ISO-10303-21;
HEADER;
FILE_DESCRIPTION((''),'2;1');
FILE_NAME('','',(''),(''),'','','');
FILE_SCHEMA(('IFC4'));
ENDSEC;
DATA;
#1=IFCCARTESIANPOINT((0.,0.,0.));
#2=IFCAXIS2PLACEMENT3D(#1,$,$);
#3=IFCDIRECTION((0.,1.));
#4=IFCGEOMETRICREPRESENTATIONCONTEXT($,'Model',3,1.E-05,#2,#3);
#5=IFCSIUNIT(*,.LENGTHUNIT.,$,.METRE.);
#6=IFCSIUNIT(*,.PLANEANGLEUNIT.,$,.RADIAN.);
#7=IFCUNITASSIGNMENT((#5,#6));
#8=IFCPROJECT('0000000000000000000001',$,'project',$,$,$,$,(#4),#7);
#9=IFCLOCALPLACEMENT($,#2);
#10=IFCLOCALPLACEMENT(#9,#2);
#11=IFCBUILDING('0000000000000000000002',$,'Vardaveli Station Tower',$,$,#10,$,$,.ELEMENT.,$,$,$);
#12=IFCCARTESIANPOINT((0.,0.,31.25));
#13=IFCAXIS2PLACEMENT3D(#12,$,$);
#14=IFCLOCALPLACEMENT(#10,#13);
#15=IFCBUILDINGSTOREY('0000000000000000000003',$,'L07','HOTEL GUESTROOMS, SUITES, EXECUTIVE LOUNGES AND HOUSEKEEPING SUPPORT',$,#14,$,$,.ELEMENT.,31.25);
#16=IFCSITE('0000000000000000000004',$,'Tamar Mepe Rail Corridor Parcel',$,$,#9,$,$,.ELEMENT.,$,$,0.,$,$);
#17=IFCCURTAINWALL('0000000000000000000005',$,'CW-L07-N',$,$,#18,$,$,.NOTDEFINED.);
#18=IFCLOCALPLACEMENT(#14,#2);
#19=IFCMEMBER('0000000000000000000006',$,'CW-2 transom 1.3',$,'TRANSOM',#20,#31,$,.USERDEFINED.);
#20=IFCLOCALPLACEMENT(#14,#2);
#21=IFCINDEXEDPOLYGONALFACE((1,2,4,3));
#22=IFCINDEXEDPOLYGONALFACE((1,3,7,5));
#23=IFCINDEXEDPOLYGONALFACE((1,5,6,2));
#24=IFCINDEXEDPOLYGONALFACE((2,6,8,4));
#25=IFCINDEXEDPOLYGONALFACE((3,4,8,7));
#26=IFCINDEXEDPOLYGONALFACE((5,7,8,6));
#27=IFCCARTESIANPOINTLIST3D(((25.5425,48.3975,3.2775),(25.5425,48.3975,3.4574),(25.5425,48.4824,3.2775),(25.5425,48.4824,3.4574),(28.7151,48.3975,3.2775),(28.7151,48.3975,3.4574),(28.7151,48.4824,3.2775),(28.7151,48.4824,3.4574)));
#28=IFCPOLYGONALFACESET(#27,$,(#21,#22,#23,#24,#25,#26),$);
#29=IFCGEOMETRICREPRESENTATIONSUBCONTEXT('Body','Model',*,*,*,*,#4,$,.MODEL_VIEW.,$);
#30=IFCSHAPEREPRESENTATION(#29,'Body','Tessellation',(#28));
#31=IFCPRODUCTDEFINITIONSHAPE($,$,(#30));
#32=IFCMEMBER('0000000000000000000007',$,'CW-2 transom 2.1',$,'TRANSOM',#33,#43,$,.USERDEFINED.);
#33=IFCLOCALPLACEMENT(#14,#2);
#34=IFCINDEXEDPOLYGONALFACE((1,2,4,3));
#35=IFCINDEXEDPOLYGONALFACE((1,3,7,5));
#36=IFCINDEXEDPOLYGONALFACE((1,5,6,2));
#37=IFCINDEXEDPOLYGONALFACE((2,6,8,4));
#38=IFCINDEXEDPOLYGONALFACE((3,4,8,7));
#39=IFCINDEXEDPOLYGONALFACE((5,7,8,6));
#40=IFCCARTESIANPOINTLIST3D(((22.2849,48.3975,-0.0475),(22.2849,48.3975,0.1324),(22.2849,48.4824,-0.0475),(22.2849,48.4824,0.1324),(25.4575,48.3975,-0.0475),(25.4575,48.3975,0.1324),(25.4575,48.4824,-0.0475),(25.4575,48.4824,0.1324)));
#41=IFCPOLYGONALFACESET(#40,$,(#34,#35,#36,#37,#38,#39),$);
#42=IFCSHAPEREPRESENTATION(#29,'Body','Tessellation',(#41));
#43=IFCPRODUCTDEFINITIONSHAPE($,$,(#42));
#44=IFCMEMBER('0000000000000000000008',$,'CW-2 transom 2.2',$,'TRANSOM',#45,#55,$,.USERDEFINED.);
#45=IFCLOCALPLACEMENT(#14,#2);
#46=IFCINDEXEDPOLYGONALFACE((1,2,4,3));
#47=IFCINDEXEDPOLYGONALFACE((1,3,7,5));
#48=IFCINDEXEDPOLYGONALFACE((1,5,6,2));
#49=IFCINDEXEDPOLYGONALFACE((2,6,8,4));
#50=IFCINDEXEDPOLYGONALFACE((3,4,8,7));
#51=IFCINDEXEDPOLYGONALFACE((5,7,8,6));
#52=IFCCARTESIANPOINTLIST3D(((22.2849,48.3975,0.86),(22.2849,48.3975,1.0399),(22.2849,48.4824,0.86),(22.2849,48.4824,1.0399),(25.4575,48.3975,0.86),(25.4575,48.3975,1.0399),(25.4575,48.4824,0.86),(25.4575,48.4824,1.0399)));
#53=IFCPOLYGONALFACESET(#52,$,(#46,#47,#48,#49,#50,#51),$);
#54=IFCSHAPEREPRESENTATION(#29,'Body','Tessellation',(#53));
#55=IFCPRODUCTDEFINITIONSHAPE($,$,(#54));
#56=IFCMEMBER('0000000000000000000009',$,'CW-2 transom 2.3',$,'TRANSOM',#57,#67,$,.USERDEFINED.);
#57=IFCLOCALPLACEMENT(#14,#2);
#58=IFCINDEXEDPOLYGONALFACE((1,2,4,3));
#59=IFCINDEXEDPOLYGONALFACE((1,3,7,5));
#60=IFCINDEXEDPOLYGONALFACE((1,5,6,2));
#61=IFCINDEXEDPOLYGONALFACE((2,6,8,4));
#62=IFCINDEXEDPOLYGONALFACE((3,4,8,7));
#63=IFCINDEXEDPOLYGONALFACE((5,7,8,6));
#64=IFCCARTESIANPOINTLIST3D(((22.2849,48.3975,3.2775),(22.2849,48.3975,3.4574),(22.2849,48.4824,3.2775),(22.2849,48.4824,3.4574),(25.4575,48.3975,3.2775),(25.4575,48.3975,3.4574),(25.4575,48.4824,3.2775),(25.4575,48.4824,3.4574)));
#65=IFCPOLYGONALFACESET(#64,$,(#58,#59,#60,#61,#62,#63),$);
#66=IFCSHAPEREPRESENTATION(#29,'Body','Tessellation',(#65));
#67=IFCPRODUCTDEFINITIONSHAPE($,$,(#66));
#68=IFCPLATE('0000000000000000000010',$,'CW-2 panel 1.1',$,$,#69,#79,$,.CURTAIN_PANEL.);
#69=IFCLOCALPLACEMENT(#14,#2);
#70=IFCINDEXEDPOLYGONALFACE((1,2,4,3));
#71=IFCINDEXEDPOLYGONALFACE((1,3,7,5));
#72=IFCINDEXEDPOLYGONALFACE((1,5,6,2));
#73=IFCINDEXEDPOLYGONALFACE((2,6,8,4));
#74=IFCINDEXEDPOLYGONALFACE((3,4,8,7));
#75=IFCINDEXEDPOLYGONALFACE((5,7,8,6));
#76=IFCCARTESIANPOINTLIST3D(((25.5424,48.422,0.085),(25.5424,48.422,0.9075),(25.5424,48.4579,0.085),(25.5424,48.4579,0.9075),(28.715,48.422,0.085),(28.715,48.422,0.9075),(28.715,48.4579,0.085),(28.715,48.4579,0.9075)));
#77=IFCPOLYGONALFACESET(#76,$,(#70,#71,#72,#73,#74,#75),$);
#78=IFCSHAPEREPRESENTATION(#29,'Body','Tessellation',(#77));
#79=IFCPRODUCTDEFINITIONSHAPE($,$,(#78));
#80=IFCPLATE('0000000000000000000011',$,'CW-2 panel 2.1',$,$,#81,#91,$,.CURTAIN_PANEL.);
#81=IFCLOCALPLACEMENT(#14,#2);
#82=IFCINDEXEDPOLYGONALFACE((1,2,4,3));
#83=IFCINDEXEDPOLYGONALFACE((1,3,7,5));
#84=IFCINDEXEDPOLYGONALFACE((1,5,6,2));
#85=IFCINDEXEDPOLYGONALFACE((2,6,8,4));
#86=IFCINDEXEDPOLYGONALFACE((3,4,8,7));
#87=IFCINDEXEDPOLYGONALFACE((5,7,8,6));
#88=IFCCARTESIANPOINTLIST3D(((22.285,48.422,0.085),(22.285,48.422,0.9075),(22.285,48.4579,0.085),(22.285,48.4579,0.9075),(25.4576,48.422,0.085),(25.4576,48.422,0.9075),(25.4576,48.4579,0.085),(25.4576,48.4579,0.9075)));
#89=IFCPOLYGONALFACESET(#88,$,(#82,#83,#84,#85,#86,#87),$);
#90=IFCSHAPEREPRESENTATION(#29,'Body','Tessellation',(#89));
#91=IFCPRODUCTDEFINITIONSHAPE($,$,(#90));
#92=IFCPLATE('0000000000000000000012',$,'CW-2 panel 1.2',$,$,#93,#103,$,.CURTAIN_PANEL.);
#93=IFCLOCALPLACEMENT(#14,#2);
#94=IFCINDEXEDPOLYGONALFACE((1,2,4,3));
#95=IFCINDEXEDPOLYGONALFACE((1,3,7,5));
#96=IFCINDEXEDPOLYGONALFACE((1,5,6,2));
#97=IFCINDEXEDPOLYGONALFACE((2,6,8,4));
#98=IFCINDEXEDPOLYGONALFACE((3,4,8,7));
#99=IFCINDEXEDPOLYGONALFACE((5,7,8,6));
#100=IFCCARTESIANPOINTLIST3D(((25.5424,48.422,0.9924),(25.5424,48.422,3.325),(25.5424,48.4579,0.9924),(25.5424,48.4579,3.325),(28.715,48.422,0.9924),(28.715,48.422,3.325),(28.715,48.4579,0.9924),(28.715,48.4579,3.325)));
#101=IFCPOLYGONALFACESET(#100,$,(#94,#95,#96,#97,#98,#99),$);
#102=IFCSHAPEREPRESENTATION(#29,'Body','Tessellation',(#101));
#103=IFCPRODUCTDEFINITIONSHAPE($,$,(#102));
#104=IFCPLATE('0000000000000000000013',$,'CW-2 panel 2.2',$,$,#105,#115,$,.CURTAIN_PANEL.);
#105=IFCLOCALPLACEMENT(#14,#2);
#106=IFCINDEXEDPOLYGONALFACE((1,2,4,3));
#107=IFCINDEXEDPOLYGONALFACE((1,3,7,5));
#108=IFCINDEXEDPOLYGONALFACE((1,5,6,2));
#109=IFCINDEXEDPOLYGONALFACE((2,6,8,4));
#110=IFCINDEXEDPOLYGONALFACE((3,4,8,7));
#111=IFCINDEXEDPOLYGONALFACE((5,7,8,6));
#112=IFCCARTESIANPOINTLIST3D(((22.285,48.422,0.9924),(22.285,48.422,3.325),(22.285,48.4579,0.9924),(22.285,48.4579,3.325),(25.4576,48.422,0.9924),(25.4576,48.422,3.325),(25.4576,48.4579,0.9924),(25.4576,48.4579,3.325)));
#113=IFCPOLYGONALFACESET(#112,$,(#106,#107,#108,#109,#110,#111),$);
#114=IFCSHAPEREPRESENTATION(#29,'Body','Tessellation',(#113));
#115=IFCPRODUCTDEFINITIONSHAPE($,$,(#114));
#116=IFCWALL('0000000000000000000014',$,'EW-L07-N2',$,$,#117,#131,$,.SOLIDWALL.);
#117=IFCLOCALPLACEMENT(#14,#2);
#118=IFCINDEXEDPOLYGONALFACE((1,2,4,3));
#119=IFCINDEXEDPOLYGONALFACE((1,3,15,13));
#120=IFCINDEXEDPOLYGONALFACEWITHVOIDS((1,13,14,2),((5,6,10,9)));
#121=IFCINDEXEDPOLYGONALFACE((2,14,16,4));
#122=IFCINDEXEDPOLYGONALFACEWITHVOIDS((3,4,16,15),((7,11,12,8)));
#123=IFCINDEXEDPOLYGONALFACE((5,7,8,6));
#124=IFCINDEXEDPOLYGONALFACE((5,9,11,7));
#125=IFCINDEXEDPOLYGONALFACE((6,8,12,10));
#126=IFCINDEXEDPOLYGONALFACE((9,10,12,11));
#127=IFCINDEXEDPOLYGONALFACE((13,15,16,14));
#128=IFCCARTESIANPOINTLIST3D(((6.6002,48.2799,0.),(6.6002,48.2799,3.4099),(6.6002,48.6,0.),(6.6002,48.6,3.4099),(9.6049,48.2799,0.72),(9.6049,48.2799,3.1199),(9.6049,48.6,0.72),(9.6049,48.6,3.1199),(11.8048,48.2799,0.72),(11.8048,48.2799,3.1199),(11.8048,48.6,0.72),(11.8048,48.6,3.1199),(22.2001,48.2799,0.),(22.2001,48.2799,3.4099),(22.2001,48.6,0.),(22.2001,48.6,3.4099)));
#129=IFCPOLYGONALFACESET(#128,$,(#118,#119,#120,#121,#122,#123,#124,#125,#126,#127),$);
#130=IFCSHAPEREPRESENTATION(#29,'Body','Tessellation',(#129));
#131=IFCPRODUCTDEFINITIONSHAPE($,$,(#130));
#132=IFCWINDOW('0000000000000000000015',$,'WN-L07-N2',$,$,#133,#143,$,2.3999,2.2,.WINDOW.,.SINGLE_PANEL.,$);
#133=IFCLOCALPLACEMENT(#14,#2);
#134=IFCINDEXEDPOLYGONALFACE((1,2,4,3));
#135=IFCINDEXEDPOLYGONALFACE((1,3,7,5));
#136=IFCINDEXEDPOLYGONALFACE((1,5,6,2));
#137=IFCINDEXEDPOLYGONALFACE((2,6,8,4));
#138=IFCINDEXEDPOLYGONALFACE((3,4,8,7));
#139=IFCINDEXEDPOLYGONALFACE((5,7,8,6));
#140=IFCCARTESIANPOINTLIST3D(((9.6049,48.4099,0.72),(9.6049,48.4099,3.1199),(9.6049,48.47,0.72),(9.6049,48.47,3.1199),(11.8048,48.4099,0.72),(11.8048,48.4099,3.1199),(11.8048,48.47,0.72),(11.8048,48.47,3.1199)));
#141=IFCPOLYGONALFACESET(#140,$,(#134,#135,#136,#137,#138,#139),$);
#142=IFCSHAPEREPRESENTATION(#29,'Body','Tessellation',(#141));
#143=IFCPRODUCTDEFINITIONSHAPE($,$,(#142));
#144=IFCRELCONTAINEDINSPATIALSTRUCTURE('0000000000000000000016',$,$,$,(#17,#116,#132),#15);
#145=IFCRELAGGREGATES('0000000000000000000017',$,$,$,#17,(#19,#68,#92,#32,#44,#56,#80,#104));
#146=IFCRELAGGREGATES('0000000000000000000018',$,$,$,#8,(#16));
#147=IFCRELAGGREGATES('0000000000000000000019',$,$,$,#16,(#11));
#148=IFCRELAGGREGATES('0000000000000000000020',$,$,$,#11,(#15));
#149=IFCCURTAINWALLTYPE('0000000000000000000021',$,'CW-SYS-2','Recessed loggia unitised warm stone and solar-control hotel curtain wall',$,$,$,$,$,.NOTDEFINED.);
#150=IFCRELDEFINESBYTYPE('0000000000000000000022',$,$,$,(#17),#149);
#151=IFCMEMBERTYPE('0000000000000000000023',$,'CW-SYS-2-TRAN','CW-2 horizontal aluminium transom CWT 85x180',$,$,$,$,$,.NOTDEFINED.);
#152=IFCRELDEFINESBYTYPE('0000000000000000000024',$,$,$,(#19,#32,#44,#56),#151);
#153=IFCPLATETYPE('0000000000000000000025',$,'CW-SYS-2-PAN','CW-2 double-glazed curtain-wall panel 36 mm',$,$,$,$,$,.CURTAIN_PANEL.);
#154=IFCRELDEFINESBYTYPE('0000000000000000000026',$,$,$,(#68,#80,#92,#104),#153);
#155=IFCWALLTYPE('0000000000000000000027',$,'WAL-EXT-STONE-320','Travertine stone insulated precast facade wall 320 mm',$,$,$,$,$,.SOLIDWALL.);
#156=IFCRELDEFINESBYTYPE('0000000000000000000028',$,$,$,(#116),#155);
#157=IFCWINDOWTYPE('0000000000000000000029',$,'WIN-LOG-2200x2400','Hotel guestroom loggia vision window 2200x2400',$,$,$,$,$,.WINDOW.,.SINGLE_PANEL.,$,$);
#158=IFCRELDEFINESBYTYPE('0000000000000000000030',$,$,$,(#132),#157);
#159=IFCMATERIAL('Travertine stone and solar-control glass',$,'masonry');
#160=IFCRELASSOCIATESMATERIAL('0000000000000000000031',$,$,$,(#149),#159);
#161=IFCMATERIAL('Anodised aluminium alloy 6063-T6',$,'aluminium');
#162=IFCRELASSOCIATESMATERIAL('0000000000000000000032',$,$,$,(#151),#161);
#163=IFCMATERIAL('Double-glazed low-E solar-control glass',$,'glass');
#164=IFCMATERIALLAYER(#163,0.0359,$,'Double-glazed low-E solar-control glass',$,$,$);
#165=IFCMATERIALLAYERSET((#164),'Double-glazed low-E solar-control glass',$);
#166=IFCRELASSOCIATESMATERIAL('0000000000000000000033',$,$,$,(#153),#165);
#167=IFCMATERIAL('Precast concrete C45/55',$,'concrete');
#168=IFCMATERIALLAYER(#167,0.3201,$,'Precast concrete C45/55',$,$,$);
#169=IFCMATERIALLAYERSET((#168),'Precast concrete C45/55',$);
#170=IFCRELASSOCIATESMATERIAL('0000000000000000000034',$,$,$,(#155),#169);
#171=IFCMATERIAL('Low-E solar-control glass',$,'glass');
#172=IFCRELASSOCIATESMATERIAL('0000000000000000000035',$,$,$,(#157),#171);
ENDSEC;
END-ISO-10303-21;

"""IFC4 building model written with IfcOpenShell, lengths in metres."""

from ifc_helpers import new_model, si_unit, direction, frame, frame_2d, origin, origin_2d, place, context, subcontext, project, spatial, rectangle, extrude, source, transform, mapped, material, layer, layer_set, material_profile, profile_set, type_object, element, fill, aggregate, save


model = new_model("IFC4")

# Units and contexts
model_context = context("Model", 3, precision=1e-05, world=origin(), true_north=direction((0.0, 1.0)))
body_context = subcontext(model_context, "Body", "Model", "MODEL_VIEW")
ifc_project = project(units=[si_unit("LENGTHUNIT", "METRE"), si_unit("PLANEANGLEUNIT", "RADIAN")], contexts=[model_context])

# Site, building, storey
site_placement = place(None, origin())
site = spatial("IfcSite", under=ifc_project, at=site_placement, Name="Tamar Mepe Rail Corridor Parcel", CompositionType="ELEMENT", RefElevation=0.0)
building_placement = place(site_placement, origin())
building = spatial("IfcBuilding", under=site, at=building_placement, Name="Vardaveli Station Tower", CompositionType="ELEMENT")
storey_placement = place(building_placement, frame((0.0, 0.0, 31.25)))
storey = spatial("IfcBuildingStorey", under=building, at=storey_placement, Name="L07", Description="HOTEL GUESTROOMS, SUITES, EXECUTIVE LOUNGES AND HOUSEKEEPING SUPPORT", CompositionType="ELEMENT", Elevation=31.25)

# Shared definitions
ifc_material_1 = material(Name="Precast concrete C45/55", Category="concrete")

# Curtain wall, members, plates
ifc_material_2 = material(Name="Travertine stone and solar-control glass", Category="masonry")
curtain_wall_type = type_object("IfcCurtainWallType", Name="CW-SYS-2", Description="Recessed loggia unitised warm stone and solar-control hotel curtain wall", PredefinedType="NOTDEFINED", material=ifc_material_2)
curtain_wall_placement = place(storey_placement, origin())
curtain_wall = element("IfcCurtainWall", 1, at=curtain_wall_placement, inside=storey, type_object=curtain_wall_type, Name="CW-L07-N", PredefinedType="NOTDEFINED")
ifc_material_3 = material(Name="Anodised aluminium alloy 6063-T6", Category="aluminium")
ifc_material_profile_1 = material_profile(ifc_material_3, rectangle(XDim=0.085, YDim=0.1799, at=origin_2d()), Name="CWT 85x180")
ifc_profile_set_1 = profile_set([ifc_material_profile_1], Name="Anodised aluminium alloy 6063-T6")
member_type_1 = type_object("IfcMemberType", Name="CW-SYS-2-TRAN", Description="CW-2 horizontal aluminium transom CWT 85x180", PredefinedType="NOTDEFINED", material=ifc_profile_set_1)
shared_shape_1 = source(origin(), body_context, "Body", "SweptSolid", [
    extrude(rectangle(XDim=0.085, YDim=0.1799, at=origin_2d()), origin(), (0.0, 0.0, 1.0), 3.1726),
])
member_1_placement = place(storey_placement, frame((28.7151, 48.4399, 3.3674), z_axis=(-1.0, 0.0, 0.0), x_axis=(0.0, -1.0, 0.0)))
member_1 = element("IfcMember", 2, at=member_1_placement, type_object=member_type_1, Name="CW-2 transom 1.3", ObjectType="TRANSOM", PredefinedType="USERDEFINED", context=body_context, shape_type="MappedRepresentation", body=[
    mapped(shared_shape_1, transform((0.0, 0.0, 0.0), scale=1.0)),
])
member_2_placement = place(storey_placement, frame((25.4575, 48.4399, 0.0425), z_axis=(-1.0, 0.0, 0.0), x_axis=(0.0, -1.0, 0.0)))
member_2 = element("IfcMember", 3, at=member_2_placement, type_object=member_type_1, Name="CW-2 transom 2.1", ObjectType="TRANSOM", PredefinedType="USERDEFINED", context=body_context, shape_type="MappedRepresentation", body=[
    mapped(shared_shape_1, transform((0.0, 0.0, 0.0), scale=1.0)),
])
member_3_placement = place(storey_placement, frame((25.4575, 48.4399, 0.95), z_axis=(-1.0, 0.0, 0.0), x_axis=(0.0, -1.0, 0.0)))
member_3 = element("IfcMember", 4, at=member_3_placement, type_object=member_type_1, Name="CW-2 transom 2.2", ObjectType="TRANSOM", PredefinedType="USERDEFINED", context=body_context, shape_type="MappedRepresentation", body=[
    mapped(shared_shape_1, transform((0.0, 0.0, 0.0), scale=1.0)),
])
member_4_placement = place(storey_placement, frame((25.4575, 48.4399, 3.3674), z_axis=(-1.0, 0.0, 0.0), x_axis=(0.0, -1.0, 0.0)))
member_4 = element("IfcMember", 5, at=member_4_placement, type_object=member_type_1, Name="CW-2 transom 2.3", ObjectType="TRANSOM", PredefinedType="USERDEFINED", context=body_context, shape_type="MappedRepresentation", body=[
    mapped(shared_shape_1, transform((0.0, 0.0, 0.0), scale=1.0)),
])
ifc_material_4 = material(Name="Double-glazed low-E solar-control glass", Category="glass")
ifc_layer_1 = layer(ifc_material_4, 0.0359, Name="Double-glazed low-E solar-control glass")
ifc_layer_set_1 = layer_set([ifc_layer_1], Name="Double-glazed low-E solar-control glass")
plate_type = type_object("IfcPlateType", Name="CW-SYS-2-PAN", Description="CW-2 double-glazed curtain-wall panel 36 mm", PredefinedType="CURTAIN_PANEL", material=ifc_layer_set_1)
shared_shape_2 = source(origin(), body_context, "Body", "SweptSolid", [
    extrude(rectangle(XDim=3.1726, YDim=0.0359, at=origin_2d()), origin(), (0.0, 0.0, 1.0), 0.8225),
])
plate_1_placement = place(storey_placement, frame((27.1287, 48.4399, 0.085), z_axis=(0.0, 0.0, 1.0), x_axis=(-1.0, 0.0, 0.0)))
plate_1 = element("IfcPlate", 6, at=plate_1_placement, type_object=plate_type, Name="CW-2 panel 1.1", PredefinedType="CURTAIN_PANEL", context=body_context, shape_type="MappedRepresentation", body=[
    mapped(shared_shape_2, transform((0.0, 0.0, 0.0), scale=1.0)),
])
plate_2_placement = place(storey_placement, frame((23.8713, 48.4399, 0.085), z_axis=(0.0, 0.0, 1.0), x_axis=(-1.0, 0.0, 0.0)))
plate_2 = element("IfcPlate", 7, at=plate_2_placement, type_object=plate_type, Name="CW-2 panel 2.1", PredefinedType="CURTAIN_PANEL", context=body_context, shape_type="MappedRepresentation", body=[
    mapped(shared_shape_2, transform((0.0, 0.0, 0.0), scale=1.0)),
])
shared_shape_3 = source(origin(), body_context, "Body", "SweptSolid", [
    extrude(rectangle(XDim=3.1726, YDim=0.0359, at=origin_2d()), origin(), (0.0, 0.0, 1.0), 2.3325),
])
plate_3_placement = place(storey_placement, frame((27.1287, 48.4399, 0.9924), z_axis=(0.0, 0.0, 1.0), x_axis=(-1.0, 0.0, 0.0)))
plate_3 = element("IfcPlate", 8, at=plate_3_placement, type_object=plate_type, Name="CW-2 panel 1.2", PredefinedType="CURTAIN_PANEL", context=body_context, shape_type="MappedRepresentation", body=[
    mapped(shared_shape_3, transform((0.0, 0.0, 0.0), scale=1.0)),
])
plate_4_placement = place(storey_placement, frame((23.8713, 48.4399, 0.9924), z_axis=(0.0, 0.0, 1.0), x_axis=(-1.0, 0.0, 0.0)))
plate_4 = element("IfcPlate", 9, at=plate_4_placement, type_object=plate_type, Name="CW-2 panel 2.2", PredefinedType="CURTAIN_PANEL", context=body_context, shape_type="MappedRepresentation", body=[
    mapped(shared_shape_3, transform((0.0, 0.0, 0.0), scale=1.0)),
])
aggregate(curtain_wall, [member_1, plate_1, plate_3, member_2, member_3, member_4, plate_2, plate_4])

# Wall, opening, window
ifc_layer_2 = layer(ifc_material_1, 0.3201, Name="Precast concrete C45/55")
ifc_layer_set_2 = layer_set([ifc_layer_2], Name="Precast concrete C45/55")
wall_type_1 = type_object("IfcWallType", Name="WAL-EXT-STONE-320", Description="Travertine stone insulated precast facade wall 320 mm", PredefinedType="SOLIDWALL", material=ifc_layer_set_2)
shared_shape_4 = source(origin(), body_context, "Body", "SweptSolid", [
    extrude(rectangle(XDim=15.5999, YDim=0.3201, at=frame_2d((7.7998, 0.0))), origin(), (0.0, 0.0, 1.0), 3.4099),
])
wall_1_placement = place(storey_placement, frame((22.2, 48.4399, 0.0), z_axis=(0.0, 0.0, 1.0), x_axis=(-1.0, 0.0, 0.0)))
wall_1 = element("IfcWall", 10, at=wall_1_placement, inside=storey, type_object=wall_type_1, Name="EW-L07-N2", PredefinedType="SOLIDWALL", context=body_context, shape_type="MappedRepresentation", body=[
    mapped(shared_shape_4, transform((0.0, 0.0, 0.0), scale=1.0)),
])
shared_shape_5 = source(origin(), body_context, "Body", "SweptSolid", [
    extrude(rectangle(XDim=2.2, YDim=2.3999, at=frame_2d((1.1001, 1.2))), frame((0.0, 0.1699, 0.0), z_axis=(0.0, -1.0, 0.0), x_axis=(1.0, 0.0, 0.0)), (0.0, 0.0, 1.0), 0.3401),
])
opening_1_placement = place(wall_1_placement, frame((10.395, 0.0, 0.72)))
opening_1 = element("IfcOpeningElement", 11, at=opening_1_placement, cuts=wall_1, PredefinedType="OPENING", context=body_context, shape_type="MappedRepresentation", body=[
    mapped(shared_shape_5, transform((0.0, 0.0, 0.0), scale=1.0)),
])
ifc_material_5 = material(Name="Low-E solar-control glass", Category="glass")
window_type = type_object("IfcWindowType", Name="WIN-LOG-2200x2400", Description="Hotel guestroom loggia vision window 2200x2400", PartitioningType="SINGLE_PANEL", PredefinedType="WINDOW", material=ifc_material_5)
shared_shape_6 = source(origin(), body_context, "Body", "SweptSolid", [
    extrude(rectangle(XDim=2.2, YDim=2.3999, at=frame_2d((1.1001, 1.2))), frame((0.0, 0.03, 0.0), z_axis=(0.0, -1.0, 0.0), x_axis=(1.0, 0.0, 0.0)), (0.0, 0.0, 1.0), 0.0601),
])
window_placement = place(opening_1_placement, origin())
window = element("IfcWindow", 12, at=window_placement, inside=storey, type_object=window_type, Name="WN-L07-N2", OverallHeight=2.3999, OverallWidth=2.2, PartitioningType="SINGLE_PANEL", PredefinedType="WINDOW", context=body_context, shape_type="MappedRepresentation", body=[
    mapped(shared_shape_6, transform((0.0, 0.0, 0.0), scale=1.0)),
])
fill(opening_1, window)

save(model, "model.ifc")
